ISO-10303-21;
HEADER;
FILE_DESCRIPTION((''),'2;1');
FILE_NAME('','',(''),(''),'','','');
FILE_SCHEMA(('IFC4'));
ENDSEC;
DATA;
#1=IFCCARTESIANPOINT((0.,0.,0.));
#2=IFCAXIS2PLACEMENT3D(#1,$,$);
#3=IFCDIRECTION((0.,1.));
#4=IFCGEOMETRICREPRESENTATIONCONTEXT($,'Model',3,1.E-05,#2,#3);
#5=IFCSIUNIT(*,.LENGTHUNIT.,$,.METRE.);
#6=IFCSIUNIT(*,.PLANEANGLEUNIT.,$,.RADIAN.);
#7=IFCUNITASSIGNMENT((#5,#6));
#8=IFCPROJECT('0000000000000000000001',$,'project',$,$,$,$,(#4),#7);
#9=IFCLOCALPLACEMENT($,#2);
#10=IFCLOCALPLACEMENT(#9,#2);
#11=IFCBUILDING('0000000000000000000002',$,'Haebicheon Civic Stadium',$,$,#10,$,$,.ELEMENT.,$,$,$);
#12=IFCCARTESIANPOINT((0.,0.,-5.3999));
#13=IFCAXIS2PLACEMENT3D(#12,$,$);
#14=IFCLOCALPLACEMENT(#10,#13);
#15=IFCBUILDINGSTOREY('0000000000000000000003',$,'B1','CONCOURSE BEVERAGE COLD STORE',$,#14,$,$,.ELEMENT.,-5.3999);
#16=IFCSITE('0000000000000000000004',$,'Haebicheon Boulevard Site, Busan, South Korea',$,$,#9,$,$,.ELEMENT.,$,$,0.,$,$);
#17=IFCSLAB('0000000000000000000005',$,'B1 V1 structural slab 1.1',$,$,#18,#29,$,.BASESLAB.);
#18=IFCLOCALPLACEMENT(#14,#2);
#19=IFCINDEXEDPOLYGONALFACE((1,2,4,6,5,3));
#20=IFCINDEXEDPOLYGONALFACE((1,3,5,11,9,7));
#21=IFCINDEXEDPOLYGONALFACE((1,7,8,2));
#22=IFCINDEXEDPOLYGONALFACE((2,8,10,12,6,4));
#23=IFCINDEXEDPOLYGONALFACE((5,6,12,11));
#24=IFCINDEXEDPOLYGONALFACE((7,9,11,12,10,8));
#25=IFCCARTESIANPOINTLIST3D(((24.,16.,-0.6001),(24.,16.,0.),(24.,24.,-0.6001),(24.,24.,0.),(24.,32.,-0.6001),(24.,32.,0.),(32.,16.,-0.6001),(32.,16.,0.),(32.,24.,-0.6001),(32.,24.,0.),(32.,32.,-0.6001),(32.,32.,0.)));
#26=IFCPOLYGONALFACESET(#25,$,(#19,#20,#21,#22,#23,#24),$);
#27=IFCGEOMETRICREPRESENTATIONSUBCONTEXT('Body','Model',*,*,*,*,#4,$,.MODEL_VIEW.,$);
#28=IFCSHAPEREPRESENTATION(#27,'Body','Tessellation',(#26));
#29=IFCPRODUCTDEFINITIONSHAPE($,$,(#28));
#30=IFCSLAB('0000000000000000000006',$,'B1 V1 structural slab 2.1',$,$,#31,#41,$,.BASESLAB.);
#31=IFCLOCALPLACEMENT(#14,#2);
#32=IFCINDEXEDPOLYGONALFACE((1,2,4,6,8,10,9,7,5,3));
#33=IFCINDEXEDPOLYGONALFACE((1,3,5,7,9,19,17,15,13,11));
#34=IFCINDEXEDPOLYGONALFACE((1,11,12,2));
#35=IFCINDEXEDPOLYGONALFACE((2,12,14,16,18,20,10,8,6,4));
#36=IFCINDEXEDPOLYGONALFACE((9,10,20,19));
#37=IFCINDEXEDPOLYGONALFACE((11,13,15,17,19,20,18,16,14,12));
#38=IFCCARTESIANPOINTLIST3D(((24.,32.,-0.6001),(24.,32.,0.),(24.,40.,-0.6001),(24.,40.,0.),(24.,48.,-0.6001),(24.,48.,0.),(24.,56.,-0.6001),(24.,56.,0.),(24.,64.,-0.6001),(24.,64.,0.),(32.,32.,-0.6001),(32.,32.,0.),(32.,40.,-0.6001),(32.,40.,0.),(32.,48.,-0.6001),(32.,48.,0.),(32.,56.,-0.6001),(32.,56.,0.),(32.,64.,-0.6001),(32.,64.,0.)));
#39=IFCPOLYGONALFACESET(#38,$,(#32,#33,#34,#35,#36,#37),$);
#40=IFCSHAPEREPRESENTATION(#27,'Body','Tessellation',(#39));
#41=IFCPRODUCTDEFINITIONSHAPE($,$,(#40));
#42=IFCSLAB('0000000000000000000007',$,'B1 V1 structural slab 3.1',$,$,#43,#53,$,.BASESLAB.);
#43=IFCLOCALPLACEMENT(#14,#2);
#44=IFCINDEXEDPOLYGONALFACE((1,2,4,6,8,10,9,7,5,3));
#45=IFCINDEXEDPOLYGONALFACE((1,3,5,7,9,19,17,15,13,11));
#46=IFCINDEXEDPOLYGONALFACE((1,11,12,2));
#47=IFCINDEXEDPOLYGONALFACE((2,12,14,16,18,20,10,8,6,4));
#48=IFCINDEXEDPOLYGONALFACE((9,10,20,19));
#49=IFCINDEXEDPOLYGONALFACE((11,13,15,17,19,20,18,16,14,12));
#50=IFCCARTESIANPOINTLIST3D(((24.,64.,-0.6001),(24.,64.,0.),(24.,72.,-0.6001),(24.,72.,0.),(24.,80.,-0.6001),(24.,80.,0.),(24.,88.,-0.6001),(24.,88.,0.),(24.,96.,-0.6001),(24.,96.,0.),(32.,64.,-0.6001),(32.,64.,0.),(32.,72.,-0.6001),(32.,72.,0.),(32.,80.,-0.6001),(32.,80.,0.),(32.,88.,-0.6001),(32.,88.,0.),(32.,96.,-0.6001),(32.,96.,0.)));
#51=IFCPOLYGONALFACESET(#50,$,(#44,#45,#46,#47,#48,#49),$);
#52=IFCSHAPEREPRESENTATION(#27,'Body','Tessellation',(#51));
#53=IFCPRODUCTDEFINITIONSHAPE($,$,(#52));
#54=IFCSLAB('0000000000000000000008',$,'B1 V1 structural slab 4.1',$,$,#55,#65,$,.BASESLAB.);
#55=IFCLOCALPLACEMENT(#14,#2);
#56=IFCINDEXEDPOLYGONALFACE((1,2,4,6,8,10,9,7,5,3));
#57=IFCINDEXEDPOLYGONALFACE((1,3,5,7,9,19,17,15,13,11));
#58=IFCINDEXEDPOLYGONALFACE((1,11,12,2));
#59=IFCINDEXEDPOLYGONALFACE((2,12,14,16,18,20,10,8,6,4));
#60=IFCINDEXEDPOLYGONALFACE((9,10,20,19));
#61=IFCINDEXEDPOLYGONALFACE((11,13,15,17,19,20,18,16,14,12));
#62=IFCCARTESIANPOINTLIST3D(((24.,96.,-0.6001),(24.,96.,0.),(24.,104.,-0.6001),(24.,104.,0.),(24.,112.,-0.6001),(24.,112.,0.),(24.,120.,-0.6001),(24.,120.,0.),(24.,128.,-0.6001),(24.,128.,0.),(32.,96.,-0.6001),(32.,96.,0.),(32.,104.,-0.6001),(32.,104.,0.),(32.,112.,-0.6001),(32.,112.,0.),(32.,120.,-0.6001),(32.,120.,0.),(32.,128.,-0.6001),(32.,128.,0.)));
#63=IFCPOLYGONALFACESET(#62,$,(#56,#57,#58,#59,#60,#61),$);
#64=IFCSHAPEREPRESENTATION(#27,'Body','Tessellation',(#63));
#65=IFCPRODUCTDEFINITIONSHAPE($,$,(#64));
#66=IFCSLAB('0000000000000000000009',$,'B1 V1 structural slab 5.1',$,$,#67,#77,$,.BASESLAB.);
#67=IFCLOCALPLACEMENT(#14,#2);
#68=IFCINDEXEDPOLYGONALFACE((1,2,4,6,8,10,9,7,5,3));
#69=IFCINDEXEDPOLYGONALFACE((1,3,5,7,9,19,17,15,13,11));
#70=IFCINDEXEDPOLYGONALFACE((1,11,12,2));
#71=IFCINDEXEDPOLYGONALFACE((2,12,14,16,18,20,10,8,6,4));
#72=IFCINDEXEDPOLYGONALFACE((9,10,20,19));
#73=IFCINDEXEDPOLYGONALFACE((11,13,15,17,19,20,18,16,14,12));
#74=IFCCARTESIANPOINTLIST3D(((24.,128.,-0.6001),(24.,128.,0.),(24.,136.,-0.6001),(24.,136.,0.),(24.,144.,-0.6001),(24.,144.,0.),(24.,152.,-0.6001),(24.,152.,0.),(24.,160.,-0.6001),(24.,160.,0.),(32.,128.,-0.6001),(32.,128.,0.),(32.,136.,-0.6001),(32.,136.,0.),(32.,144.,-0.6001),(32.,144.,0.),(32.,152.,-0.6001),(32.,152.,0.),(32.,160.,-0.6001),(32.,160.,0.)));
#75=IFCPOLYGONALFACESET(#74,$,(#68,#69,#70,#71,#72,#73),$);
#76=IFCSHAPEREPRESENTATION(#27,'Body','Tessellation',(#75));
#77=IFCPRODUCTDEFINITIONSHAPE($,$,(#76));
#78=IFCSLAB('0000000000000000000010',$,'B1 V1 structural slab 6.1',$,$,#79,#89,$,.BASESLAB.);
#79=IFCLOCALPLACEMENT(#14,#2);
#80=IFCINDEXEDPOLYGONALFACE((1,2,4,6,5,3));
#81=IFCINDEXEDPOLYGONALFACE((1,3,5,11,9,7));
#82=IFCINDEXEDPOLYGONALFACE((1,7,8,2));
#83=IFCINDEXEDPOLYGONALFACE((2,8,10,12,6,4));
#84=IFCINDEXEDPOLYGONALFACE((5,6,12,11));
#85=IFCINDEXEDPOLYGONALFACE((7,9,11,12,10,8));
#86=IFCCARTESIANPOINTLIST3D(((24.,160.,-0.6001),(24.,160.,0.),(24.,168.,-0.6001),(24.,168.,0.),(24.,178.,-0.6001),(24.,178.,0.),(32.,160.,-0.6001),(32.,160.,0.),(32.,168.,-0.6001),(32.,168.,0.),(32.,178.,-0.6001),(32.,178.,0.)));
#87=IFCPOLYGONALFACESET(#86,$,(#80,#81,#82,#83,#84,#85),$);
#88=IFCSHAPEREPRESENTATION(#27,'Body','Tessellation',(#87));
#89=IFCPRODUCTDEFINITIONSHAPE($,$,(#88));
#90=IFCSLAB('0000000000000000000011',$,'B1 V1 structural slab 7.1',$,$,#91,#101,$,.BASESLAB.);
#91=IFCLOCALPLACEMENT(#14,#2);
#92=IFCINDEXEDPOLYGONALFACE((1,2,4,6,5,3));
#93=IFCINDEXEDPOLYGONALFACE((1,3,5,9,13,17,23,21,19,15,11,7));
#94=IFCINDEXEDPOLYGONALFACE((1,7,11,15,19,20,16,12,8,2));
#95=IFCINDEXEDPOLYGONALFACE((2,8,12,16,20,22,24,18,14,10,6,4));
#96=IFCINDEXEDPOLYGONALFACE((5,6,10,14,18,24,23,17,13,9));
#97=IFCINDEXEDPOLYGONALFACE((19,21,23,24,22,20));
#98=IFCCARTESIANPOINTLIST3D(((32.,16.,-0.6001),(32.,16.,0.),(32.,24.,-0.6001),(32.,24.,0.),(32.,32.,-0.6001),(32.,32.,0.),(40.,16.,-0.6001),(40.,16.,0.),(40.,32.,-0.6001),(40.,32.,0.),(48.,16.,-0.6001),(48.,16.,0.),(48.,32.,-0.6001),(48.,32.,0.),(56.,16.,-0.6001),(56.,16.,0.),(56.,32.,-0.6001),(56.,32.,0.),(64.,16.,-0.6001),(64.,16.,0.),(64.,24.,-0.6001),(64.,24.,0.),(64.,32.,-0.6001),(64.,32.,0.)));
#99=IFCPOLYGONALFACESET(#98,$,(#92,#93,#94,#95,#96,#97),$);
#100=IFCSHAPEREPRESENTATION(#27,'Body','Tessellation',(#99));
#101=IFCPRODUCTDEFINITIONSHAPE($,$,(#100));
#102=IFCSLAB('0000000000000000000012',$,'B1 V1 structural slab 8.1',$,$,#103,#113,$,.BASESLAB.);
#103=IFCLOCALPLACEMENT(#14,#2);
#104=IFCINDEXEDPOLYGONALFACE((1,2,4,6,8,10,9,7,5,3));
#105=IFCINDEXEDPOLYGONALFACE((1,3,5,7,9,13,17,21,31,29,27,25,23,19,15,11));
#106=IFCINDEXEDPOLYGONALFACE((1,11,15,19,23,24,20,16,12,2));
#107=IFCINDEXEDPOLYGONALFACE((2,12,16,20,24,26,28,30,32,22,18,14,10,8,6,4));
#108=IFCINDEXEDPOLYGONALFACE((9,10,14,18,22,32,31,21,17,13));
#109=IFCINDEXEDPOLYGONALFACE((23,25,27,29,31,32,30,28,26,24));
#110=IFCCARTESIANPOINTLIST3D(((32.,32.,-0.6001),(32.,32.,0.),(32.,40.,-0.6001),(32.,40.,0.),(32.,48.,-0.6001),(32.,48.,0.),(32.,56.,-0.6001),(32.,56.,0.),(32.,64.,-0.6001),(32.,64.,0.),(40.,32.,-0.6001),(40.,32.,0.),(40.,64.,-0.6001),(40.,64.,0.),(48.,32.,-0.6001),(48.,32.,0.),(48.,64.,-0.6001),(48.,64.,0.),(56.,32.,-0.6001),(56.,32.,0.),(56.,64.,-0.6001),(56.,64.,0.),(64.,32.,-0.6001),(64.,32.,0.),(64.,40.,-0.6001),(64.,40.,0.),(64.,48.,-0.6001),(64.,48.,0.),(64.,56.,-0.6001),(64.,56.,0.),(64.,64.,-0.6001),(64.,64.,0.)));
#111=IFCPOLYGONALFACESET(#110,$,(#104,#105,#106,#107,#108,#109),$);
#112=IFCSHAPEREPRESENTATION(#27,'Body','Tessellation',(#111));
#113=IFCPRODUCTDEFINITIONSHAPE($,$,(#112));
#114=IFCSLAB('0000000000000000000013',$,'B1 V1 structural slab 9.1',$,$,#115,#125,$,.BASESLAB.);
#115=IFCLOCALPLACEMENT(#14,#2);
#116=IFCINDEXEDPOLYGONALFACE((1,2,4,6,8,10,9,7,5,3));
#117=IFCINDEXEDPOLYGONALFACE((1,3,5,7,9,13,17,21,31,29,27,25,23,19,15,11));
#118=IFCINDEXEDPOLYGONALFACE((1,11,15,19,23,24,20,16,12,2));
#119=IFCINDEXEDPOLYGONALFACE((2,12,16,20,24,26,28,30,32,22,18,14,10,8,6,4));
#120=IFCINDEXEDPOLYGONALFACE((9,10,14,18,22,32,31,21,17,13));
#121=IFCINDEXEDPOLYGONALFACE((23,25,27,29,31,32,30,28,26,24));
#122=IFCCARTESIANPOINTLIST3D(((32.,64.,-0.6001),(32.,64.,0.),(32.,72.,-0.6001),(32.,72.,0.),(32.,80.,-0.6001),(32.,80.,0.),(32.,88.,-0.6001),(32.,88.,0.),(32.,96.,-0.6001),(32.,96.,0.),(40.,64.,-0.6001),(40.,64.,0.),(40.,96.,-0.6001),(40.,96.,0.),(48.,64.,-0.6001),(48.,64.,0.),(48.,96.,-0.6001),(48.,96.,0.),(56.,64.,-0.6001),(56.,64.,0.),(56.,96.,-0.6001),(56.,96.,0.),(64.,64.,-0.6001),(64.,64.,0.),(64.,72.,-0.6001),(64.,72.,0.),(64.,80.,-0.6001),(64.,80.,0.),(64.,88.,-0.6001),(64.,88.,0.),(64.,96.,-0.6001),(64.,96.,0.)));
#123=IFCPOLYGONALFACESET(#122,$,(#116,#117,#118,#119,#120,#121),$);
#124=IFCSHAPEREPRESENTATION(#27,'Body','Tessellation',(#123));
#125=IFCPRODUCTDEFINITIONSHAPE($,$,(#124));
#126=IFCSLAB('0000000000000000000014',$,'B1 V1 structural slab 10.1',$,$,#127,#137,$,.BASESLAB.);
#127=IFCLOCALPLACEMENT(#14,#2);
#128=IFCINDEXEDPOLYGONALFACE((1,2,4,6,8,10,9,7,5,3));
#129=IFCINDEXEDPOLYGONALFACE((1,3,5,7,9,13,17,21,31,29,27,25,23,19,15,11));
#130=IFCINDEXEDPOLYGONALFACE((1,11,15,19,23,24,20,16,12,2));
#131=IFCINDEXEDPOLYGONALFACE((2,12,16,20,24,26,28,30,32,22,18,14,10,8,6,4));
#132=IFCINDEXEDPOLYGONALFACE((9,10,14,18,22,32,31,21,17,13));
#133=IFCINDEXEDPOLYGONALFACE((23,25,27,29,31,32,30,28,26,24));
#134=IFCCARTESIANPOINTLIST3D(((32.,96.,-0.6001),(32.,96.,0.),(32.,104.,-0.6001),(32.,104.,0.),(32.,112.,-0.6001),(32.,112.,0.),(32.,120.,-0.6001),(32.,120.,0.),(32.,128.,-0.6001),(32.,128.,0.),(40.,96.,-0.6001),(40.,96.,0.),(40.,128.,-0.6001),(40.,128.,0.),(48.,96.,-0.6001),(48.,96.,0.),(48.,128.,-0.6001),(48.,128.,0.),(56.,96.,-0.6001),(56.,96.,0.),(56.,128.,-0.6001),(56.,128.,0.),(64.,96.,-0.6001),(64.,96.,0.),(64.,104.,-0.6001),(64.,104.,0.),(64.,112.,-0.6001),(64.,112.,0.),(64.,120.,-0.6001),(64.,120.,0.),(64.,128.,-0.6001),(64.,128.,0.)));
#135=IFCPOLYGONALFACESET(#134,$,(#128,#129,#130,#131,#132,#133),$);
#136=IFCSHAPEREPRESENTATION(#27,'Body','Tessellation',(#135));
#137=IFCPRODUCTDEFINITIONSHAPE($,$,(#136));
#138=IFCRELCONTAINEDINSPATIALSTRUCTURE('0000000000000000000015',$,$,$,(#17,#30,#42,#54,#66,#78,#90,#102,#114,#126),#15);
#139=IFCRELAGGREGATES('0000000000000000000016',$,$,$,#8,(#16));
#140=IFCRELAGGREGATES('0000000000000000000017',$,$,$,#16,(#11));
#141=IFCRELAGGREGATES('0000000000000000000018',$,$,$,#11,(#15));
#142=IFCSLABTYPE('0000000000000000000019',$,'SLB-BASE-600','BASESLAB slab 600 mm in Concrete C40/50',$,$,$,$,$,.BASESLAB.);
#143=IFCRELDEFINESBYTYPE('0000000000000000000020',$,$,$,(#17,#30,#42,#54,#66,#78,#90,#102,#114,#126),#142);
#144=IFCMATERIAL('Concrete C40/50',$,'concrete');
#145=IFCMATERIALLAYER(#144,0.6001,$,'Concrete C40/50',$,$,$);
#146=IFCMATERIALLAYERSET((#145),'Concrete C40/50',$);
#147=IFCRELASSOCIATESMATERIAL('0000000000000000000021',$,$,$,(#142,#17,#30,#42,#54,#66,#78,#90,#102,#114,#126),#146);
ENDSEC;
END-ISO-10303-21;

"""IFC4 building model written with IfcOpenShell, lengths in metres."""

from ifc_helpers import new_model, si_unit, direction, frame, origin, place, context, subcontext, project, spatial, polyline, outline, extrude, material, layer, layer_set, type_object, element, save


model = new_model("IFC4")

# Units and contexts
model_context = context("Model", 3, precision=1e-05, world=origin(), true_north=direction((0.0, 1.0)))
body_context = subcontext(model_context, "Body", "Model", "MODEL_VIEW")
ifc_project = project(units=[si_unit("LENGTHUNIT", "METRE"), si_unit("PLANEANGLEUNIT", "RADIAN")], contexts=[model_context])

# Site, building, storey
site_placement = place(None, origin())
site = spatial("IfcSite", under=ifc_project, at=site_placement, Name="Haebicheon Boulevard Site, Busan, South Korea", CompositionType="ELEMENT", RefElevation=0.0)
building_placement = place(site_placement, origin())
building = spatial("IfcBuilding", under=site, at=building_placement, Name="Haebicheon Civic Stadium", CompositionType="ELEMENT")
storey_placement = place(building_placement, frame((0.0, 0.0, -5.3999)))
storey = spatial("IfcBuildingStorey", under=building, at=storey_placement, Name="B1", Description="CONCOURSE BEVERAGE COLD STORE", CompositionType="ELEMENT", Elevation=-5.3999)

# Slabs
ifc_material = material(Name="Concrete C40/50", Category="concrete")
ifc_layer = layer(ifc_material, 0.6001, Name="Concrete C40/50")
ifc_layer_set = layer_set([ifc_layer], Name="Concrete C40/50")
slab_type = type_object("IfcSlabType", Name="SLB-BASE-600", Description="BASESLAB slab 600 mm in Concrete C40/50", PredefinedType="BASESLAB", material=ifc_layer_set)
slab_1_placement = place(storey_placement, frame((0.0, 0.0, -0.6001)))
element("IfcSlab", 1, at=slab_1_placement, inside=storey, type_object=slab_type, material=ifc_layer_set, Name="B1 V1 structural slab 1.1", PredefinedType="BASESLAB", context=body_context, shape_type="SweptSolid", body=[
    extrude(outline(polyline([(32.0, 16.0), (24.0, 16.0), (24.0, 24.0), (24.0, 32.0), (32.0, 32.0), (32.0, 24.0), (32.0, 16.0)])), origin(), (0.0, 0.0, 1.0), 0.6001),
])
slab_2_placement = place(storey_placement, frame((0.0, 0.0, -0.6001)))
element("IfcSlab", 2, at=slab_2_placement, inside=storey, type_object=slab_type, material=ifc_layer_set, Name="B1 V1 structural slab 2.1", PredefinedType="BASESLAB", context=body_context, shape_type="SweptSolid", body=[
    extrude(outline(polyline([(24.0, 32.0), (24.0, 40.0), (24.0, 48.0), (24.0, 56.0), (24.0, 64.0), (32.0, 64.0), (32.0, 56.0), (32.0, 48.0), (32.0, 40.0), (32.0, 32.0), (24.0, 32.0)])), origin(), (0.0, 0.0, 1.0), 0.6001),
])
slab_3_placement = place(storey_placement, frame((0.0, 0.0, -0.6001)))
element("IfcSlab", 3, at=slab_3_placement, inside=storey, type_object=slab_type, material=ifc_layer_set, Name="B1 V1 structural slab 3.1", PredefinedType="BASESLAB", context=body_context, shape_type="SweptSolid", body=[
    extrude(outline(polyline([(24.0, 64.0), (24.0, 72.0), (24.0, 80.0), (24.0, 88.0), (24.0, 96.0), (32.0, 96.0), (32.0, 88.0), (32.0, 80.0), (32.0, 72.0), (32.0, 64.0), (24.0, 64.0)])), origin(), (0.0, 0.0, 1.0), 0.6001),
])
slab_4_placement = place(storey_placement, frame((0.0, 0.0, -0.6001)))
element("IfcSlab", 4, at=slab_4_placement, inside=storey, type_object=slab_type, material=ifc_layer_set, Name="B1 V1 structural slab 4.1", PredefinedType="BASESLAB", context=body_context, shape_type="SweptSolid", body=[
    extrude(outline(polyline([(24.0, 96.0), (24.0, 104.0), (24.0, 112.0), (24.0, 120.0), (24.0, 128.0), (32.0, 128.0), (32.0, 120.0), (32.0, 112.0), (32.0, 104.0), (32.0, 96.0), (24.0, 96.0)])), origin(), (0.0, 0.0, 1.0), 0.6001),
])
slab_5_placement = place(storey_placement, frame((0.0, 0.0, -0.6001)))
element("IfcSlab", 5, at=slab_5_placement, inside=storey, type_object=slab_type, material=ifc_layer_set, Name="B1 V1 structural slab 5.1", PredefinedType="BASESLAB", context=body_context, shape_type="SweptSolid", body=[
    extrude(outline(polyline([(24.0, 128.0), (24.0, 136.0), (24.0, 144.0), (24.0, 152.0), (24.0, 160.0), (32.0, 160.0), (32.0, 152.0), (32.0, 144.0), (32.0, 136.0), (32.0, 128.0), (24.0, 128.0)])), origin(), (0.0, 0.0, 1.0), 0.6001),
])
slab_6_placement = place(storey_placement, frame((0.0, 0.0, -0.6001)))
element("IfcSlab", 6, at=slab_6_placement, inside=storey, type_object=slab_type, material=ifc_layer_set, Name="B1 V1 structural slab 6.1", PredefinedType="BASESLAB", context=body_context, shape_type="SweptSolid", body=[
    extrude(outline(polyline([(32.0, 160.0), (24.0, 160.0), (24.0, 168.0), (24.0, 178.0), (32.0, 178.0), (32.0, 168.0), (32.0, 160.0)])), origin(), (0.0, 0.0, 1.0), 0.6001),
])
slab_7_placement = place(storey_placement, frame((0.0, 0.0, -0.6001)))
element("IfcSlab", 7, at=slab_7_placement, inside=storey, type_object=slab_type, material=ifc_layer_set, Name="B1 V1 structural slab 7.1", PredefinedType="BASESLAB", context=body_context, shape_type="SweptSolid", body=[
    extrude(outline(polyline([(64.0, 16.0), (56.0, 16.0), (48.0, 16.0), (40.0, 16.0), (32.0, 16.0), (32.0, 24.0), (32.0, 32.0), (40.0, 32.0), (48.0, 32.0), (56.0, 32.0), (64.0, 32.0), (64.0, 24.0), (64.0, 16.0)])), origin(), (0.0, 0.0, 1.0), 0.6001),
])
slab_8_placement = place(storey_placement, frame((0.0, 0.0, -0.6001)))
element("IfcSlab", 8, at=slab_8_placement, inside=storey, type_object=slab_type, material=ifc_layer_set, Name="B1 V1 structural slab 8.1", PredefinedType="BASESLAB", context=body_context, shape_type="SweptSolid", body=[
    extrude(outline(polyline([(32.0, 56.0), (32.0, 64.0), (40.0, 64.0), (48.0, 64.0), (56.0, 64.0), (64.0, 64.0), (64.0, 56.0), (64.0, 48.0), (64.0, 40.0), (64.0, 32.0), (56.0, 32.0), (48.0, 32.0), (40.0, 32.0), (32.0, 32.0), (32.0, 40.0), (32.0, 48.0), (32.0, 56.0)])), origin(), (0.0, 0.0, 1.0), 0.6001),
])
slab_9_placement = place(storey_placement, frame((0.0, 0.0, -0.6001)))
element("IfcSlab", 9, at=slab_9_placement, inside=storey, type_object=slab_type, material=ifc_layer_set, Name="B1 V1 structural slab 9.1", PredefinedType="BASESLAB", context=body_context, shape_type="SweptSolid", body=[
    extrude(outline(polyline([(32.0, 88.0), (32.0, 96.0), (40.0, 96.0), (48.0, 96.0), (56.0, 96.0), (64.0, 96.0), (64.0, 88.0), (64.0, 80.0), (64.0, 72.0), (64.0, 64.0), (56.0, 64.0), (48.0, 64.0), (40.0, 64.0), (32.0, 64.0), (32.0, 72.0), (32.0, 80.0), (32.0, 88.0)])), origin(), (0.0, 0.0, 1.0), 0.6001),
])
slab_10_placement = place(storey_placement, frame((0.0, 0.0, -0.6001)))
element("IfcSlab", 10, at=slab_10_placement, inside=storey, type_object=slab_type, material=ifc_layer_set, Name="B1 V1 structural slab 10.1", PredefinedType="BASESLAB", context=body_context, shape_type="SweptSolid", body=[
    extrude(outline(polyline([(32.0, 120.0), (32.0, 128.0), (40.0, 128.0), (48.0, 128.0), (56.0, 128.0), (64.0, 128.0), (64.0, 120.0), (64.0, 112.0), (64.0, 104.0), (64.0, 96.0), (56.0, 96.0), (48.0, 96.0), (40.0, 96.0), (32.0, 96.0), (32.0, 104.0), (32.0, 112.0), (32.0, 120.0)])), origin(), (0.0, 0.0, 1.0), 0.6001),
])

save(model, "model.ifc")
